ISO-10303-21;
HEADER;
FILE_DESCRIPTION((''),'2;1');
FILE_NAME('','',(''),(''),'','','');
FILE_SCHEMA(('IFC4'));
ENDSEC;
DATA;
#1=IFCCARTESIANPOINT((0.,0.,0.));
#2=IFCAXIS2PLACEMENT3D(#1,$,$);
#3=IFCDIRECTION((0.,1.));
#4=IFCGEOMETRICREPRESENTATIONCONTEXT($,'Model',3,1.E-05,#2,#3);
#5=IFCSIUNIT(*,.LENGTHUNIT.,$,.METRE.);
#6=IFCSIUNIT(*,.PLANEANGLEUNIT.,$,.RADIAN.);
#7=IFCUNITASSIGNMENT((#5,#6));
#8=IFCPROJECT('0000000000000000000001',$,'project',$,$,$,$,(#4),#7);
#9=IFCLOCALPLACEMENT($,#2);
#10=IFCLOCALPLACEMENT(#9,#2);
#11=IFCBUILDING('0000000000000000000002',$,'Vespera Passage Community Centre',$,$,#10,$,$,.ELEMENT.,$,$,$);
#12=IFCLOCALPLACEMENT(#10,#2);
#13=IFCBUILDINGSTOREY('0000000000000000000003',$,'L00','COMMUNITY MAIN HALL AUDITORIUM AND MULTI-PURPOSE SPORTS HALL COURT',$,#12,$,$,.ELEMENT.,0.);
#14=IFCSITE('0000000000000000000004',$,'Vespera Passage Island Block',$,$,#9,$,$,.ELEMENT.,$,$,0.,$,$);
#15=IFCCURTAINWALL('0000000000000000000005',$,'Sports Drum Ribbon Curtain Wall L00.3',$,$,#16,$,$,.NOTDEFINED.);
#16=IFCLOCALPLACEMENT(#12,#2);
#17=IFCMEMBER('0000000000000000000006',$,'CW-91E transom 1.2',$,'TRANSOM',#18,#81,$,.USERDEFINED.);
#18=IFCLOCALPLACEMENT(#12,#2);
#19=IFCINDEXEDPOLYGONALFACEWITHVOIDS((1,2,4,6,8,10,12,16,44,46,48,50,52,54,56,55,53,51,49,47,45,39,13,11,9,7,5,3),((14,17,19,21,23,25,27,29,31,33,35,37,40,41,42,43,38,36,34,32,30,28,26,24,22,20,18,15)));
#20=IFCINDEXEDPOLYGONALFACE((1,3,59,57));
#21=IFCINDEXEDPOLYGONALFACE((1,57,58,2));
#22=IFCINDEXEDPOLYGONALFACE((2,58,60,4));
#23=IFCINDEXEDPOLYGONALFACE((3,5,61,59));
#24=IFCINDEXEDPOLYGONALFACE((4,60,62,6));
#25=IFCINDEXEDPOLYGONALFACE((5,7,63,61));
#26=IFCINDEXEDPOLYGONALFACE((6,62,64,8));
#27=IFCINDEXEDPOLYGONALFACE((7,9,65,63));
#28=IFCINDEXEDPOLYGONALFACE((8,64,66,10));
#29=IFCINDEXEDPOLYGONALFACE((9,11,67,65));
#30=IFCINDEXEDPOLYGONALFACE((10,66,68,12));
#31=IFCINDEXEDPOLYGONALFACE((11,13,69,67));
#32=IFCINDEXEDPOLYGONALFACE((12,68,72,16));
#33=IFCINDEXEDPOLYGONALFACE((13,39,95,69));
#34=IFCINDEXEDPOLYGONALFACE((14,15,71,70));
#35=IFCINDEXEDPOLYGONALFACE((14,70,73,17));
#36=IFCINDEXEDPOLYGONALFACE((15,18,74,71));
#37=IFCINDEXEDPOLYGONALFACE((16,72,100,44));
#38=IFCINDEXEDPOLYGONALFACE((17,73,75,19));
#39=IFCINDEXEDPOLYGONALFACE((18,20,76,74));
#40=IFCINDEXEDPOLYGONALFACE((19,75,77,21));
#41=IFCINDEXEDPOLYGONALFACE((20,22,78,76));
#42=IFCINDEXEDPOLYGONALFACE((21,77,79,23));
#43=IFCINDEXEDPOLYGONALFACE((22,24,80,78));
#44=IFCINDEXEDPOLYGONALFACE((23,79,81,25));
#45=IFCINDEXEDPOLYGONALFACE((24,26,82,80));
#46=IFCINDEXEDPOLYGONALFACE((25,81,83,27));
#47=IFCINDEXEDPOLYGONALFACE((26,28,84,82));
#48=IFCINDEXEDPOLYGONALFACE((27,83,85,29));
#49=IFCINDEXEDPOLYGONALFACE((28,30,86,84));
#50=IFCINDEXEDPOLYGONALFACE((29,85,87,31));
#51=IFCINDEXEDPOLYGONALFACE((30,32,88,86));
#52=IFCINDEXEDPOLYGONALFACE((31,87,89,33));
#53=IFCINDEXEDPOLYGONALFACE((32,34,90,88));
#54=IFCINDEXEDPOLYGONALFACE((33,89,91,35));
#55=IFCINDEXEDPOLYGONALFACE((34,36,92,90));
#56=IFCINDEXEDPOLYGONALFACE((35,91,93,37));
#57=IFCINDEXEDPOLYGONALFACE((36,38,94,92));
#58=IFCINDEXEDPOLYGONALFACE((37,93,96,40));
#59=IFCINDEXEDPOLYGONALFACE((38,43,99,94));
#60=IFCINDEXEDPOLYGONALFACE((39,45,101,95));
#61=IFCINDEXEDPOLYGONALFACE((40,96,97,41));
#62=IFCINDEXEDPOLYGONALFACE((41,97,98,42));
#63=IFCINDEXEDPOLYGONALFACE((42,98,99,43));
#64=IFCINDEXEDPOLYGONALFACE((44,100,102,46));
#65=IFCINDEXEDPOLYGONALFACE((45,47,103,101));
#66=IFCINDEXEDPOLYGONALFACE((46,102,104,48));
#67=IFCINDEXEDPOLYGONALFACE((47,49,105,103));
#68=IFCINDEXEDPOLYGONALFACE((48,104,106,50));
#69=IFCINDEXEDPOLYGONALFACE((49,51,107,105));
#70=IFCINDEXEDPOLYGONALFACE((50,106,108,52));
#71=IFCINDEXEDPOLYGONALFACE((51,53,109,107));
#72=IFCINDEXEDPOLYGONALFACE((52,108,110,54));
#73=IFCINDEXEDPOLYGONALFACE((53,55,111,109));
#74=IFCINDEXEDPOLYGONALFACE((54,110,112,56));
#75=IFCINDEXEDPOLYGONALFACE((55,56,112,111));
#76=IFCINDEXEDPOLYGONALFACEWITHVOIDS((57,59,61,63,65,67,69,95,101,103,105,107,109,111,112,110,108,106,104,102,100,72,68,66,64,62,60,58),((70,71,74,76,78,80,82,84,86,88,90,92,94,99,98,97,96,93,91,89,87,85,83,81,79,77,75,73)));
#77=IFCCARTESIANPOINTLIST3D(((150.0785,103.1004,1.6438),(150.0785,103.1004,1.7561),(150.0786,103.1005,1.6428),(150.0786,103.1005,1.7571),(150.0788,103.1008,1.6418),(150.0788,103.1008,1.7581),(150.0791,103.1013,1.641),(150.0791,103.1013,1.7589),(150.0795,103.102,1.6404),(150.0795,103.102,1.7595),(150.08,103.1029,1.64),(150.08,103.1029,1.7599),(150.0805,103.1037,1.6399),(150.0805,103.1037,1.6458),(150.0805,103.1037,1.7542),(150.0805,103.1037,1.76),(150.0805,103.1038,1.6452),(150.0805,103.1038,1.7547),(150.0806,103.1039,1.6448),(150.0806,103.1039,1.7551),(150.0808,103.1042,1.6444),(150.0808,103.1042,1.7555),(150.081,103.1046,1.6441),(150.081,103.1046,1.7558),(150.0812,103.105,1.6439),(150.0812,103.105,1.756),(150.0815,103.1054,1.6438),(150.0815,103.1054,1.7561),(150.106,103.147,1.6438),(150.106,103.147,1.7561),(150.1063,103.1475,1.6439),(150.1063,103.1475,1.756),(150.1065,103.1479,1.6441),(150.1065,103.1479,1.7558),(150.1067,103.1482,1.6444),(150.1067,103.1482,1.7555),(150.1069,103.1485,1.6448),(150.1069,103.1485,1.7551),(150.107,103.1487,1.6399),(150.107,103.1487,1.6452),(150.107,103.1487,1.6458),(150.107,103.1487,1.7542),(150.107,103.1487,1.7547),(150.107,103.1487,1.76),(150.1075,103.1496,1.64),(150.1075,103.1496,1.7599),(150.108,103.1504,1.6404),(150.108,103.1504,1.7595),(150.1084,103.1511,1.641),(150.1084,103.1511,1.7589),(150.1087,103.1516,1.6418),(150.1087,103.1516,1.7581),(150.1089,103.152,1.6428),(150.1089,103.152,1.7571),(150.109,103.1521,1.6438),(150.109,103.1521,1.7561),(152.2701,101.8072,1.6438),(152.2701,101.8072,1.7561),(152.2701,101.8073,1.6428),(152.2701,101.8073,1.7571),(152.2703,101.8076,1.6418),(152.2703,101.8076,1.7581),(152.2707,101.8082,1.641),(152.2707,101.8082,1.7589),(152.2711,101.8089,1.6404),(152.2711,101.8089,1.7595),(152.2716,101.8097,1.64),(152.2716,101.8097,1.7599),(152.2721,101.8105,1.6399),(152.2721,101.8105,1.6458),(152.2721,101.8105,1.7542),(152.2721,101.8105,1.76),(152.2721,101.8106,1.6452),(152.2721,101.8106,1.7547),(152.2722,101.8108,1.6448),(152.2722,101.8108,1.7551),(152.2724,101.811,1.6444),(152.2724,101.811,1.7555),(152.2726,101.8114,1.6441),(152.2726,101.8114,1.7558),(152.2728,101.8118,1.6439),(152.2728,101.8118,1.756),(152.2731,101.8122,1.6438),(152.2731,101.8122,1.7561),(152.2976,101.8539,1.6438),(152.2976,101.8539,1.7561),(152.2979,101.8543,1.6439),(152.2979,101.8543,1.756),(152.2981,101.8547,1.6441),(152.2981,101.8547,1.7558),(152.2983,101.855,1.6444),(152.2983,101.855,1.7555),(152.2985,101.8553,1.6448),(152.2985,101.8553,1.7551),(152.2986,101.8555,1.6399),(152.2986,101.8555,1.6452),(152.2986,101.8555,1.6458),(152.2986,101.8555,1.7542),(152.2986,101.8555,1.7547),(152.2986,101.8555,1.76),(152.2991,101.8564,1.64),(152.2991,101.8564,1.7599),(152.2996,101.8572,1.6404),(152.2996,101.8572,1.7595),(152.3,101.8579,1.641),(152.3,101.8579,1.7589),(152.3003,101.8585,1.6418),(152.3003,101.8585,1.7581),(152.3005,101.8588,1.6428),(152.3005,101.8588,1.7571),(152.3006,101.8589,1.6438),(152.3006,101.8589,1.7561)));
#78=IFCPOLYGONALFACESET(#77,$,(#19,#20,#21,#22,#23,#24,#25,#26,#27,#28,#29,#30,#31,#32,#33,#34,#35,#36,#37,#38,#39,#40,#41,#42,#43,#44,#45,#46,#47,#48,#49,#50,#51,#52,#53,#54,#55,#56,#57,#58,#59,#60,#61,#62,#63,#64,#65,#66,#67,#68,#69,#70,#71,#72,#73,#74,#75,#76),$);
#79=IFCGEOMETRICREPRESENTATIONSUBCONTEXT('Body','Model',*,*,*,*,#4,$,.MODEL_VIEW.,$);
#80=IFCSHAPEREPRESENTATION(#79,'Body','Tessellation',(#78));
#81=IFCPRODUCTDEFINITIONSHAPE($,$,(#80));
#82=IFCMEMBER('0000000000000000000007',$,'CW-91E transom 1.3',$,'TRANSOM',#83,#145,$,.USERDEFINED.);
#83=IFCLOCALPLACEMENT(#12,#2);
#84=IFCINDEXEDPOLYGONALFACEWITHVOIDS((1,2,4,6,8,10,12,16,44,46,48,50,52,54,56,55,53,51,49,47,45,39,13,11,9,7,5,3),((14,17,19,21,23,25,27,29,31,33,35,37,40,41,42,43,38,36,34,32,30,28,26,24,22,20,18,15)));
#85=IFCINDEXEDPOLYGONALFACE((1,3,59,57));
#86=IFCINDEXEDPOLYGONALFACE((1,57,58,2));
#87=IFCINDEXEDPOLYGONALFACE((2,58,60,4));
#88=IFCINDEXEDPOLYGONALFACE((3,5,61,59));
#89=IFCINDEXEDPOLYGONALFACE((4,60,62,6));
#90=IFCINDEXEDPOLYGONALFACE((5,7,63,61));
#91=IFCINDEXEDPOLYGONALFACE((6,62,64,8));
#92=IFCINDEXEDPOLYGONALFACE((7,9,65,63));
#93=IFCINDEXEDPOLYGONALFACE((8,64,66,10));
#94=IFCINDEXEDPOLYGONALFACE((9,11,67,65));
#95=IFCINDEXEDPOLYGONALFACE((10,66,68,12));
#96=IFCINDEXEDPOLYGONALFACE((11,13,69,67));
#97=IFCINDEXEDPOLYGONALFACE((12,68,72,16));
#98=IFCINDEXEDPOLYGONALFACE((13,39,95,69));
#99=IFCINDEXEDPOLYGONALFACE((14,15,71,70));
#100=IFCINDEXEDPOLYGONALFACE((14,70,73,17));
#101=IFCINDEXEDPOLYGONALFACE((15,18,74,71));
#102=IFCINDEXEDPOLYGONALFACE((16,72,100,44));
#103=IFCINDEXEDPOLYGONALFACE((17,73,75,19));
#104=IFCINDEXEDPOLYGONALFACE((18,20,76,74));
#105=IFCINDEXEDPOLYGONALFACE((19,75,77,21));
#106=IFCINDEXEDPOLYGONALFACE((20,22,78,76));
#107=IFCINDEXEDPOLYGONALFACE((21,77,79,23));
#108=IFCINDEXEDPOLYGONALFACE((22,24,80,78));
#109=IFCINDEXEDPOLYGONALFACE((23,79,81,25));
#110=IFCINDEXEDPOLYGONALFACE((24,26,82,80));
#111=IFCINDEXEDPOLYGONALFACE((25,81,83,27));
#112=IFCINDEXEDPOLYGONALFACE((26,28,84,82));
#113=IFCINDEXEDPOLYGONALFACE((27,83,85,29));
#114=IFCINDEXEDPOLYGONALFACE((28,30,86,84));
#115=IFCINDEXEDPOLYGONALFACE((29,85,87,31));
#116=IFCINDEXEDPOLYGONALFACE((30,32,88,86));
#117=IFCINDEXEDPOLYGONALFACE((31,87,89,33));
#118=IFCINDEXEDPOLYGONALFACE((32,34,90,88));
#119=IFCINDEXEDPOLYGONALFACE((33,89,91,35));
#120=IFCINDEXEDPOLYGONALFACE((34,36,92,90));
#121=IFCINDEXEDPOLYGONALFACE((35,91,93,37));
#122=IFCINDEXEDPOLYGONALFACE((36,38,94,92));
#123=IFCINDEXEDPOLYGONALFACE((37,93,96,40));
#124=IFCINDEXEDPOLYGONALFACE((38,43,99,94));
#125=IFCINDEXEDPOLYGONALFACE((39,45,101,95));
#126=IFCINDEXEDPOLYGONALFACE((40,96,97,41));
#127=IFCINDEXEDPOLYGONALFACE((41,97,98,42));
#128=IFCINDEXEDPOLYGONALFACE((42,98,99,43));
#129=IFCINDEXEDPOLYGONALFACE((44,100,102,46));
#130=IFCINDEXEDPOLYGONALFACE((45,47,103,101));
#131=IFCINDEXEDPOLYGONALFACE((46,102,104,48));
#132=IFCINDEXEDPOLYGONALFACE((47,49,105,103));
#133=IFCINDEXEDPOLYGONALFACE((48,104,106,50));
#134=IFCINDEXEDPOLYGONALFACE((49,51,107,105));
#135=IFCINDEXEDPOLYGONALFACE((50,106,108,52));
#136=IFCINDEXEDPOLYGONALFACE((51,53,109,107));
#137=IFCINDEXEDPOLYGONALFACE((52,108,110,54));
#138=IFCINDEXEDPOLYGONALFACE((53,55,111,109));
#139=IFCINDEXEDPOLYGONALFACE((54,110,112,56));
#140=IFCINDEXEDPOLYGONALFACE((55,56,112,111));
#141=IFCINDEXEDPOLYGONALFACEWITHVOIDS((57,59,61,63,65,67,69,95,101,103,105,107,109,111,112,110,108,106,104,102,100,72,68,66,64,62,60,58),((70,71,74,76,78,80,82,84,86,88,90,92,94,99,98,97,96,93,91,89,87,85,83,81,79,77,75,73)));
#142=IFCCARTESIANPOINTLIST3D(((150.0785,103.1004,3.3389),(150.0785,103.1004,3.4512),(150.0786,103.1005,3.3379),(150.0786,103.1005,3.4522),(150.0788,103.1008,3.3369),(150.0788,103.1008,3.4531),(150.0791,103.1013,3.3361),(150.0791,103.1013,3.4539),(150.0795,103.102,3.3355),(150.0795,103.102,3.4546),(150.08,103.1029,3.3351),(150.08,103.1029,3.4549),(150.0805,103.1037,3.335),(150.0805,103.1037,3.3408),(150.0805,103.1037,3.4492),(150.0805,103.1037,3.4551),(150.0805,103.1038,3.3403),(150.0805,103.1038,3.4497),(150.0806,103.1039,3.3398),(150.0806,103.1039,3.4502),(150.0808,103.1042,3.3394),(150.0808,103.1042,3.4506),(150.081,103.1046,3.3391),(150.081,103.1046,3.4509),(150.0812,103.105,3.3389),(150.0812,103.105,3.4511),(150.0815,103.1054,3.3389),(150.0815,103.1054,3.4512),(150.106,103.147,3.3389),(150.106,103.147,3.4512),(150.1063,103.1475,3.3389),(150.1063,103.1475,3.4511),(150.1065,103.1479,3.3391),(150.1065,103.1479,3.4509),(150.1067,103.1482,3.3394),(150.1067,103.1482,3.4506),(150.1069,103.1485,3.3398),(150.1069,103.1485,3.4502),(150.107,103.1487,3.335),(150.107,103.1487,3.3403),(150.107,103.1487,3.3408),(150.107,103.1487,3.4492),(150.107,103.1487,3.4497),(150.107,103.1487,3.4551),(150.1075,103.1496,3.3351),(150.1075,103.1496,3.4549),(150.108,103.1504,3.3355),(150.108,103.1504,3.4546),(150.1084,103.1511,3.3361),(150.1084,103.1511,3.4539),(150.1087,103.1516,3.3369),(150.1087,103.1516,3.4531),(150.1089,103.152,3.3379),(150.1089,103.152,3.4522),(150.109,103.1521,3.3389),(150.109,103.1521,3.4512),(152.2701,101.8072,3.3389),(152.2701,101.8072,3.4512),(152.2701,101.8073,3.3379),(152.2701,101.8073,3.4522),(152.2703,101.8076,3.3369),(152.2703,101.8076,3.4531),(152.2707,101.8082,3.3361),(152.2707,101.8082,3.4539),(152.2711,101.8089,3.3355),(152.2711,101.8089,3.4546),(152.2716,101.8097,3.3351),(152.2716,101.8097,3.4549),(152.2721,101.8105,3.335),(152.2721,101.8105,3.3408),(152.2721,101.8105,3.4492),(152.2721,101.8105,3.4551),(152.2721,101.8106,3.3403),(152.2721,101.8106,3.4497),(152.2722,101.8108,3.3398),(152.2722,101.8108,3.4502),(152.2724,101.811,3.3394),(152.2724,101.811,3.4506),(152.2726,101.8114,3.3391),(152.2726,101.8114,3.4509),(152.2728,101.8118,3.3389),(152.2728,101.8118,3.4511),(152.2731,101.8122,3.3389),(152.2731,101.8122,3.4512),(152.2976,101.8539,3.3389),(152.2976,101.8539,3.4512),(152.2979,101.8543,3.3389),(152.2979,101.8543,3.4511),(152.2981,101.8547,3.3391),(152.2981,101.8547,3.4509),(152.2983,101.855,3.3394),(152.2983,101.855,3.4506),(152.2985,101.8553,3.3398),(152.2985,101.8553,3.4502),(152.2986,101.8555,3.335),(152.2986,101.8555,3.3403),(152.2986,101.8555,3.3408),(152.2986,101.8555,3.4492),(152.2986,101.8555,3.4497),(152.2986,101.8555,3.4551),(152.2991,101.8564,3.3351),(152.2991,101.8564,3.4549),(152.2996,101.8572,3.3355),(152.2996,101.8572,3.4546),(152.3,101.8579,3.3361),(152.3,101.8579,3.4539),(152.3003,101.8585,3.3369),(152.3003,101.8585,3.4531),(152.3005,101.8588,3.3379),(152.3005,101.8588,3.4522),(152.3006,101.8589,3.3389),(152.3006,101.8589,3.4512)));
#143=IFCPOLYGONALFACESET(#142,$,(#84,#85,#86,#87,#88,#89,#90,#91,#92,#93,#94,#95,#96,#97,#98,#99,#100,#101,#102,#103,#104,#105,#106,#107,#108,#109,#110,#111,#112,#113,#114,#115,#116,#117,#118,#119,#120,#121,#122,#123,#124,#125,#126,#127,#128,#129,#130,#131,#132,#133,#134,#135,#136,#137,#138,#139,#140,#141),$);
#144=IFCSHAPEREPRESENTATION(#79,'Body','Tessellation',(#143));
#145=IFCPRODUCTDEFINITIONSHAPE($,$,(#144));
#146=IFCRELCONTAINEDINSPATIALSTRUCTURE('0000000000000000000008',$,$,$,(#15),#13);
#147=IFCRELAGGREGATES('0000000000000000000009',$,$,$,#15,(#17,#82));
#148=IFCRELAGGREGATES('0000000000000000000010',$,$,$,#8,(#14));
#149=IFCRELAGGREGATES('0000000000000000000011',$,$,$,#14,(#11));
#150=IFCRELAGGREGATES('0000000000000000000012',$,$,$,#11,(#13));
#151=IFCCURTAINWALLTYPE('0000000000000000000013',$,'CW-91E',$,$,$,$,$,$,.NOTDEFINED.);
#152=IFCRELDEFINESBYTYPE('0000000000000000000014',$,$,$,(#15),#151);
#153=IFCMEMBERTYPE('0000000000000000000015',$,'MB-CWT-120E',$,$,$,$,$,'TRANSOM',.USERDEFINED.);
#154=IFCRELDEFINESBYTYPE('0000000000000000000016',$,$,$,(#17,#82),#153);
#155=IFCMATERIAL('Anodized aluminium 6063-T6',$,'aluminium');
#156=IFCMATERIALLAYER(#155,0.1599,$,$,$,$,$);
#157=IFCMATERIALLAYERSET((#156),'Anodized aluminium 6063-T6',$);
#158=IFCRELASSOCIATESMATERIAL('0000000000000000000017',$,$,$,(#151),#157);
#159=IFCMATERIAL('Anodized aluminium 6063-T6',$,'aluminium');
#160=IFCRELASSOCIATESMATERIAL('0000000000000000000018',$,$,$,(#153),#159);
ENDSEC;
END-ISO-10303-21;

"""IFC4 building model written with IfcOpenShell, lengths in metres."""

from ifc_helpers import new_model, si_unit, direction, frame, origin, origin_2d, place, context, subcontext, project, spatial, hollow_rectangle, extrude, material, layer, layer_set, material_profile, profile_set, type_object, element, aggregate, save


model = new_model("IFC4")

# Units and contexts
model_context = context("Model", 3, precision=1e-05, world=origin(), true_north=direction((0.0, 1.0)))
body_context = subcontext(model_context, "Body", "Model", "MODEL_VIEW")
ifc_project = project(units=[si_unit("LENGTHUNIT", "METRE"), si_unit("PLANEANGLEUNIT", "RADIAN")], contexts=[model_context])

# Site, building, storey
site_placement = place(None, origin())
site = spatial("IfcSite", under=ifc_project, at=site_placement, Name="Vespera Passage Island Block", CompositionType="ELEMENT", RefElevation=0.0)
building_placement = place(site_placement, origin())
building = spatial("IfcBuilding", under=site, at=building_placement, Name="Vespera Passage Community Centre", CompositionType="ELEMENT")
storey_placement = place(building_placement, origin())
storey = spatial("IfcBuildingStorey", under=building, at=storey_placement, Name="L00", Description="COMMUNITY MAIN HALL AUDITORIUM AND MULTI-PURPOSE SPORTS HALL COURT", CompositionType="ELEMENT", Elevation=0.0)

# Curtain wall, members
ifc_material_1 = material(Name="Anodized aluminium 6063-T6", Category="aluminium")
ifc_layer_1 = layer(ifc_material_1, 0.1599)
ifc_layer_set_1 = layer_set([ifc_layer_1], Name="Anodized aluminium 6063-T6")
curtain_wall_type = type_object("IfcCurtainWallType", Name="CW-91E", PredefinedType="NOTDEFINED", material=ifc_layer_set_1)
curtain_wall_placement = place(storey_placement, origin())
curtain_wall = element("IfcCurtainWall", 1, at=curtain_wall_placement, inside=storey, type_object=curtain_wall_type, Name="Sports Drum Ribbon Curtain Wall L00.3", PredefinedType="NOTDEFINED")
ifc_material_2 = material(Name="Anodized aluminium 6063-T6", Category="aluminium")
ifc_material_profile_1 = material_profile(ifc_material_2, hollow_rectangle(XDim=0.0601, YDim=0.1201, WallThickness=0.0039, InnerFilletRadius=0.002, OuterFilletRadius=0.0039, at=origin_2d()), Name="ALU120X60X4")
ifc_profile_set_1 = profile_set([ifc_material_profile_1], Name="Anodized aluminium 6063-T6")
member_type_1 = type_object("IfcMemberType", Name="MB-CWT-120E", ElementType="TRANSOM", PredefinedType="USERDEFINED", material=ifc_profile_set_1)
member_1_placement = place(storey_placement, frame((150.0938, 103.1262, 1.7), z_axis=(0.861245, -0.508189, 0.0), x_axis=(0.508189, 0.861245, 0.0)))
member_1 = element("IfcMember", 2, at=member_1_placement, type_object=member_type_1, Name="CW-91E transom 1.2", ObjectType="TRANSOM", PredefinedType="USERDEFINED", context=body_context, shape_type="SweptSolid", body=[
    extrude(hollow_rectangle(XDim=0.0601, YDim=0.1201, WallThickness=0.0039, InnerFilletRadius=0.002, OuterFilletRadius=0.0039, at=origin_2d()), origin(), (0.0, 0.0, 1.0), 2.5447),
])
member_2_placement = place(storey_placement, frame((150.0938, 103.1262, 3.395), z_axis=(0.861245, -0.508189, 0.0), x_axis=(0.508189, 0.861245, 0.0)))
member_2 = element("IfcMember", 3, at=member_2_placement, type_object=member_type_1, Name="CW-91E transom 1.3", ObjectType="TRANSOM", PredefinedType="USERDEFINED", context=body_context, shape_type="SweptSolid", body=[
    extrude(hollow_rectangle(XDim=0.0601, YDim=0.1201, WallThickness=0.0039, InnerFilletRadius=0.002, OuterFilletRadius=0.0039, at=origin_2d()), origin(), (0.0, 0.0, 1.0), 2.5447),
])
aggregate(curtain_wall, [member_1, member_2])

save(model, "model.ifc")
